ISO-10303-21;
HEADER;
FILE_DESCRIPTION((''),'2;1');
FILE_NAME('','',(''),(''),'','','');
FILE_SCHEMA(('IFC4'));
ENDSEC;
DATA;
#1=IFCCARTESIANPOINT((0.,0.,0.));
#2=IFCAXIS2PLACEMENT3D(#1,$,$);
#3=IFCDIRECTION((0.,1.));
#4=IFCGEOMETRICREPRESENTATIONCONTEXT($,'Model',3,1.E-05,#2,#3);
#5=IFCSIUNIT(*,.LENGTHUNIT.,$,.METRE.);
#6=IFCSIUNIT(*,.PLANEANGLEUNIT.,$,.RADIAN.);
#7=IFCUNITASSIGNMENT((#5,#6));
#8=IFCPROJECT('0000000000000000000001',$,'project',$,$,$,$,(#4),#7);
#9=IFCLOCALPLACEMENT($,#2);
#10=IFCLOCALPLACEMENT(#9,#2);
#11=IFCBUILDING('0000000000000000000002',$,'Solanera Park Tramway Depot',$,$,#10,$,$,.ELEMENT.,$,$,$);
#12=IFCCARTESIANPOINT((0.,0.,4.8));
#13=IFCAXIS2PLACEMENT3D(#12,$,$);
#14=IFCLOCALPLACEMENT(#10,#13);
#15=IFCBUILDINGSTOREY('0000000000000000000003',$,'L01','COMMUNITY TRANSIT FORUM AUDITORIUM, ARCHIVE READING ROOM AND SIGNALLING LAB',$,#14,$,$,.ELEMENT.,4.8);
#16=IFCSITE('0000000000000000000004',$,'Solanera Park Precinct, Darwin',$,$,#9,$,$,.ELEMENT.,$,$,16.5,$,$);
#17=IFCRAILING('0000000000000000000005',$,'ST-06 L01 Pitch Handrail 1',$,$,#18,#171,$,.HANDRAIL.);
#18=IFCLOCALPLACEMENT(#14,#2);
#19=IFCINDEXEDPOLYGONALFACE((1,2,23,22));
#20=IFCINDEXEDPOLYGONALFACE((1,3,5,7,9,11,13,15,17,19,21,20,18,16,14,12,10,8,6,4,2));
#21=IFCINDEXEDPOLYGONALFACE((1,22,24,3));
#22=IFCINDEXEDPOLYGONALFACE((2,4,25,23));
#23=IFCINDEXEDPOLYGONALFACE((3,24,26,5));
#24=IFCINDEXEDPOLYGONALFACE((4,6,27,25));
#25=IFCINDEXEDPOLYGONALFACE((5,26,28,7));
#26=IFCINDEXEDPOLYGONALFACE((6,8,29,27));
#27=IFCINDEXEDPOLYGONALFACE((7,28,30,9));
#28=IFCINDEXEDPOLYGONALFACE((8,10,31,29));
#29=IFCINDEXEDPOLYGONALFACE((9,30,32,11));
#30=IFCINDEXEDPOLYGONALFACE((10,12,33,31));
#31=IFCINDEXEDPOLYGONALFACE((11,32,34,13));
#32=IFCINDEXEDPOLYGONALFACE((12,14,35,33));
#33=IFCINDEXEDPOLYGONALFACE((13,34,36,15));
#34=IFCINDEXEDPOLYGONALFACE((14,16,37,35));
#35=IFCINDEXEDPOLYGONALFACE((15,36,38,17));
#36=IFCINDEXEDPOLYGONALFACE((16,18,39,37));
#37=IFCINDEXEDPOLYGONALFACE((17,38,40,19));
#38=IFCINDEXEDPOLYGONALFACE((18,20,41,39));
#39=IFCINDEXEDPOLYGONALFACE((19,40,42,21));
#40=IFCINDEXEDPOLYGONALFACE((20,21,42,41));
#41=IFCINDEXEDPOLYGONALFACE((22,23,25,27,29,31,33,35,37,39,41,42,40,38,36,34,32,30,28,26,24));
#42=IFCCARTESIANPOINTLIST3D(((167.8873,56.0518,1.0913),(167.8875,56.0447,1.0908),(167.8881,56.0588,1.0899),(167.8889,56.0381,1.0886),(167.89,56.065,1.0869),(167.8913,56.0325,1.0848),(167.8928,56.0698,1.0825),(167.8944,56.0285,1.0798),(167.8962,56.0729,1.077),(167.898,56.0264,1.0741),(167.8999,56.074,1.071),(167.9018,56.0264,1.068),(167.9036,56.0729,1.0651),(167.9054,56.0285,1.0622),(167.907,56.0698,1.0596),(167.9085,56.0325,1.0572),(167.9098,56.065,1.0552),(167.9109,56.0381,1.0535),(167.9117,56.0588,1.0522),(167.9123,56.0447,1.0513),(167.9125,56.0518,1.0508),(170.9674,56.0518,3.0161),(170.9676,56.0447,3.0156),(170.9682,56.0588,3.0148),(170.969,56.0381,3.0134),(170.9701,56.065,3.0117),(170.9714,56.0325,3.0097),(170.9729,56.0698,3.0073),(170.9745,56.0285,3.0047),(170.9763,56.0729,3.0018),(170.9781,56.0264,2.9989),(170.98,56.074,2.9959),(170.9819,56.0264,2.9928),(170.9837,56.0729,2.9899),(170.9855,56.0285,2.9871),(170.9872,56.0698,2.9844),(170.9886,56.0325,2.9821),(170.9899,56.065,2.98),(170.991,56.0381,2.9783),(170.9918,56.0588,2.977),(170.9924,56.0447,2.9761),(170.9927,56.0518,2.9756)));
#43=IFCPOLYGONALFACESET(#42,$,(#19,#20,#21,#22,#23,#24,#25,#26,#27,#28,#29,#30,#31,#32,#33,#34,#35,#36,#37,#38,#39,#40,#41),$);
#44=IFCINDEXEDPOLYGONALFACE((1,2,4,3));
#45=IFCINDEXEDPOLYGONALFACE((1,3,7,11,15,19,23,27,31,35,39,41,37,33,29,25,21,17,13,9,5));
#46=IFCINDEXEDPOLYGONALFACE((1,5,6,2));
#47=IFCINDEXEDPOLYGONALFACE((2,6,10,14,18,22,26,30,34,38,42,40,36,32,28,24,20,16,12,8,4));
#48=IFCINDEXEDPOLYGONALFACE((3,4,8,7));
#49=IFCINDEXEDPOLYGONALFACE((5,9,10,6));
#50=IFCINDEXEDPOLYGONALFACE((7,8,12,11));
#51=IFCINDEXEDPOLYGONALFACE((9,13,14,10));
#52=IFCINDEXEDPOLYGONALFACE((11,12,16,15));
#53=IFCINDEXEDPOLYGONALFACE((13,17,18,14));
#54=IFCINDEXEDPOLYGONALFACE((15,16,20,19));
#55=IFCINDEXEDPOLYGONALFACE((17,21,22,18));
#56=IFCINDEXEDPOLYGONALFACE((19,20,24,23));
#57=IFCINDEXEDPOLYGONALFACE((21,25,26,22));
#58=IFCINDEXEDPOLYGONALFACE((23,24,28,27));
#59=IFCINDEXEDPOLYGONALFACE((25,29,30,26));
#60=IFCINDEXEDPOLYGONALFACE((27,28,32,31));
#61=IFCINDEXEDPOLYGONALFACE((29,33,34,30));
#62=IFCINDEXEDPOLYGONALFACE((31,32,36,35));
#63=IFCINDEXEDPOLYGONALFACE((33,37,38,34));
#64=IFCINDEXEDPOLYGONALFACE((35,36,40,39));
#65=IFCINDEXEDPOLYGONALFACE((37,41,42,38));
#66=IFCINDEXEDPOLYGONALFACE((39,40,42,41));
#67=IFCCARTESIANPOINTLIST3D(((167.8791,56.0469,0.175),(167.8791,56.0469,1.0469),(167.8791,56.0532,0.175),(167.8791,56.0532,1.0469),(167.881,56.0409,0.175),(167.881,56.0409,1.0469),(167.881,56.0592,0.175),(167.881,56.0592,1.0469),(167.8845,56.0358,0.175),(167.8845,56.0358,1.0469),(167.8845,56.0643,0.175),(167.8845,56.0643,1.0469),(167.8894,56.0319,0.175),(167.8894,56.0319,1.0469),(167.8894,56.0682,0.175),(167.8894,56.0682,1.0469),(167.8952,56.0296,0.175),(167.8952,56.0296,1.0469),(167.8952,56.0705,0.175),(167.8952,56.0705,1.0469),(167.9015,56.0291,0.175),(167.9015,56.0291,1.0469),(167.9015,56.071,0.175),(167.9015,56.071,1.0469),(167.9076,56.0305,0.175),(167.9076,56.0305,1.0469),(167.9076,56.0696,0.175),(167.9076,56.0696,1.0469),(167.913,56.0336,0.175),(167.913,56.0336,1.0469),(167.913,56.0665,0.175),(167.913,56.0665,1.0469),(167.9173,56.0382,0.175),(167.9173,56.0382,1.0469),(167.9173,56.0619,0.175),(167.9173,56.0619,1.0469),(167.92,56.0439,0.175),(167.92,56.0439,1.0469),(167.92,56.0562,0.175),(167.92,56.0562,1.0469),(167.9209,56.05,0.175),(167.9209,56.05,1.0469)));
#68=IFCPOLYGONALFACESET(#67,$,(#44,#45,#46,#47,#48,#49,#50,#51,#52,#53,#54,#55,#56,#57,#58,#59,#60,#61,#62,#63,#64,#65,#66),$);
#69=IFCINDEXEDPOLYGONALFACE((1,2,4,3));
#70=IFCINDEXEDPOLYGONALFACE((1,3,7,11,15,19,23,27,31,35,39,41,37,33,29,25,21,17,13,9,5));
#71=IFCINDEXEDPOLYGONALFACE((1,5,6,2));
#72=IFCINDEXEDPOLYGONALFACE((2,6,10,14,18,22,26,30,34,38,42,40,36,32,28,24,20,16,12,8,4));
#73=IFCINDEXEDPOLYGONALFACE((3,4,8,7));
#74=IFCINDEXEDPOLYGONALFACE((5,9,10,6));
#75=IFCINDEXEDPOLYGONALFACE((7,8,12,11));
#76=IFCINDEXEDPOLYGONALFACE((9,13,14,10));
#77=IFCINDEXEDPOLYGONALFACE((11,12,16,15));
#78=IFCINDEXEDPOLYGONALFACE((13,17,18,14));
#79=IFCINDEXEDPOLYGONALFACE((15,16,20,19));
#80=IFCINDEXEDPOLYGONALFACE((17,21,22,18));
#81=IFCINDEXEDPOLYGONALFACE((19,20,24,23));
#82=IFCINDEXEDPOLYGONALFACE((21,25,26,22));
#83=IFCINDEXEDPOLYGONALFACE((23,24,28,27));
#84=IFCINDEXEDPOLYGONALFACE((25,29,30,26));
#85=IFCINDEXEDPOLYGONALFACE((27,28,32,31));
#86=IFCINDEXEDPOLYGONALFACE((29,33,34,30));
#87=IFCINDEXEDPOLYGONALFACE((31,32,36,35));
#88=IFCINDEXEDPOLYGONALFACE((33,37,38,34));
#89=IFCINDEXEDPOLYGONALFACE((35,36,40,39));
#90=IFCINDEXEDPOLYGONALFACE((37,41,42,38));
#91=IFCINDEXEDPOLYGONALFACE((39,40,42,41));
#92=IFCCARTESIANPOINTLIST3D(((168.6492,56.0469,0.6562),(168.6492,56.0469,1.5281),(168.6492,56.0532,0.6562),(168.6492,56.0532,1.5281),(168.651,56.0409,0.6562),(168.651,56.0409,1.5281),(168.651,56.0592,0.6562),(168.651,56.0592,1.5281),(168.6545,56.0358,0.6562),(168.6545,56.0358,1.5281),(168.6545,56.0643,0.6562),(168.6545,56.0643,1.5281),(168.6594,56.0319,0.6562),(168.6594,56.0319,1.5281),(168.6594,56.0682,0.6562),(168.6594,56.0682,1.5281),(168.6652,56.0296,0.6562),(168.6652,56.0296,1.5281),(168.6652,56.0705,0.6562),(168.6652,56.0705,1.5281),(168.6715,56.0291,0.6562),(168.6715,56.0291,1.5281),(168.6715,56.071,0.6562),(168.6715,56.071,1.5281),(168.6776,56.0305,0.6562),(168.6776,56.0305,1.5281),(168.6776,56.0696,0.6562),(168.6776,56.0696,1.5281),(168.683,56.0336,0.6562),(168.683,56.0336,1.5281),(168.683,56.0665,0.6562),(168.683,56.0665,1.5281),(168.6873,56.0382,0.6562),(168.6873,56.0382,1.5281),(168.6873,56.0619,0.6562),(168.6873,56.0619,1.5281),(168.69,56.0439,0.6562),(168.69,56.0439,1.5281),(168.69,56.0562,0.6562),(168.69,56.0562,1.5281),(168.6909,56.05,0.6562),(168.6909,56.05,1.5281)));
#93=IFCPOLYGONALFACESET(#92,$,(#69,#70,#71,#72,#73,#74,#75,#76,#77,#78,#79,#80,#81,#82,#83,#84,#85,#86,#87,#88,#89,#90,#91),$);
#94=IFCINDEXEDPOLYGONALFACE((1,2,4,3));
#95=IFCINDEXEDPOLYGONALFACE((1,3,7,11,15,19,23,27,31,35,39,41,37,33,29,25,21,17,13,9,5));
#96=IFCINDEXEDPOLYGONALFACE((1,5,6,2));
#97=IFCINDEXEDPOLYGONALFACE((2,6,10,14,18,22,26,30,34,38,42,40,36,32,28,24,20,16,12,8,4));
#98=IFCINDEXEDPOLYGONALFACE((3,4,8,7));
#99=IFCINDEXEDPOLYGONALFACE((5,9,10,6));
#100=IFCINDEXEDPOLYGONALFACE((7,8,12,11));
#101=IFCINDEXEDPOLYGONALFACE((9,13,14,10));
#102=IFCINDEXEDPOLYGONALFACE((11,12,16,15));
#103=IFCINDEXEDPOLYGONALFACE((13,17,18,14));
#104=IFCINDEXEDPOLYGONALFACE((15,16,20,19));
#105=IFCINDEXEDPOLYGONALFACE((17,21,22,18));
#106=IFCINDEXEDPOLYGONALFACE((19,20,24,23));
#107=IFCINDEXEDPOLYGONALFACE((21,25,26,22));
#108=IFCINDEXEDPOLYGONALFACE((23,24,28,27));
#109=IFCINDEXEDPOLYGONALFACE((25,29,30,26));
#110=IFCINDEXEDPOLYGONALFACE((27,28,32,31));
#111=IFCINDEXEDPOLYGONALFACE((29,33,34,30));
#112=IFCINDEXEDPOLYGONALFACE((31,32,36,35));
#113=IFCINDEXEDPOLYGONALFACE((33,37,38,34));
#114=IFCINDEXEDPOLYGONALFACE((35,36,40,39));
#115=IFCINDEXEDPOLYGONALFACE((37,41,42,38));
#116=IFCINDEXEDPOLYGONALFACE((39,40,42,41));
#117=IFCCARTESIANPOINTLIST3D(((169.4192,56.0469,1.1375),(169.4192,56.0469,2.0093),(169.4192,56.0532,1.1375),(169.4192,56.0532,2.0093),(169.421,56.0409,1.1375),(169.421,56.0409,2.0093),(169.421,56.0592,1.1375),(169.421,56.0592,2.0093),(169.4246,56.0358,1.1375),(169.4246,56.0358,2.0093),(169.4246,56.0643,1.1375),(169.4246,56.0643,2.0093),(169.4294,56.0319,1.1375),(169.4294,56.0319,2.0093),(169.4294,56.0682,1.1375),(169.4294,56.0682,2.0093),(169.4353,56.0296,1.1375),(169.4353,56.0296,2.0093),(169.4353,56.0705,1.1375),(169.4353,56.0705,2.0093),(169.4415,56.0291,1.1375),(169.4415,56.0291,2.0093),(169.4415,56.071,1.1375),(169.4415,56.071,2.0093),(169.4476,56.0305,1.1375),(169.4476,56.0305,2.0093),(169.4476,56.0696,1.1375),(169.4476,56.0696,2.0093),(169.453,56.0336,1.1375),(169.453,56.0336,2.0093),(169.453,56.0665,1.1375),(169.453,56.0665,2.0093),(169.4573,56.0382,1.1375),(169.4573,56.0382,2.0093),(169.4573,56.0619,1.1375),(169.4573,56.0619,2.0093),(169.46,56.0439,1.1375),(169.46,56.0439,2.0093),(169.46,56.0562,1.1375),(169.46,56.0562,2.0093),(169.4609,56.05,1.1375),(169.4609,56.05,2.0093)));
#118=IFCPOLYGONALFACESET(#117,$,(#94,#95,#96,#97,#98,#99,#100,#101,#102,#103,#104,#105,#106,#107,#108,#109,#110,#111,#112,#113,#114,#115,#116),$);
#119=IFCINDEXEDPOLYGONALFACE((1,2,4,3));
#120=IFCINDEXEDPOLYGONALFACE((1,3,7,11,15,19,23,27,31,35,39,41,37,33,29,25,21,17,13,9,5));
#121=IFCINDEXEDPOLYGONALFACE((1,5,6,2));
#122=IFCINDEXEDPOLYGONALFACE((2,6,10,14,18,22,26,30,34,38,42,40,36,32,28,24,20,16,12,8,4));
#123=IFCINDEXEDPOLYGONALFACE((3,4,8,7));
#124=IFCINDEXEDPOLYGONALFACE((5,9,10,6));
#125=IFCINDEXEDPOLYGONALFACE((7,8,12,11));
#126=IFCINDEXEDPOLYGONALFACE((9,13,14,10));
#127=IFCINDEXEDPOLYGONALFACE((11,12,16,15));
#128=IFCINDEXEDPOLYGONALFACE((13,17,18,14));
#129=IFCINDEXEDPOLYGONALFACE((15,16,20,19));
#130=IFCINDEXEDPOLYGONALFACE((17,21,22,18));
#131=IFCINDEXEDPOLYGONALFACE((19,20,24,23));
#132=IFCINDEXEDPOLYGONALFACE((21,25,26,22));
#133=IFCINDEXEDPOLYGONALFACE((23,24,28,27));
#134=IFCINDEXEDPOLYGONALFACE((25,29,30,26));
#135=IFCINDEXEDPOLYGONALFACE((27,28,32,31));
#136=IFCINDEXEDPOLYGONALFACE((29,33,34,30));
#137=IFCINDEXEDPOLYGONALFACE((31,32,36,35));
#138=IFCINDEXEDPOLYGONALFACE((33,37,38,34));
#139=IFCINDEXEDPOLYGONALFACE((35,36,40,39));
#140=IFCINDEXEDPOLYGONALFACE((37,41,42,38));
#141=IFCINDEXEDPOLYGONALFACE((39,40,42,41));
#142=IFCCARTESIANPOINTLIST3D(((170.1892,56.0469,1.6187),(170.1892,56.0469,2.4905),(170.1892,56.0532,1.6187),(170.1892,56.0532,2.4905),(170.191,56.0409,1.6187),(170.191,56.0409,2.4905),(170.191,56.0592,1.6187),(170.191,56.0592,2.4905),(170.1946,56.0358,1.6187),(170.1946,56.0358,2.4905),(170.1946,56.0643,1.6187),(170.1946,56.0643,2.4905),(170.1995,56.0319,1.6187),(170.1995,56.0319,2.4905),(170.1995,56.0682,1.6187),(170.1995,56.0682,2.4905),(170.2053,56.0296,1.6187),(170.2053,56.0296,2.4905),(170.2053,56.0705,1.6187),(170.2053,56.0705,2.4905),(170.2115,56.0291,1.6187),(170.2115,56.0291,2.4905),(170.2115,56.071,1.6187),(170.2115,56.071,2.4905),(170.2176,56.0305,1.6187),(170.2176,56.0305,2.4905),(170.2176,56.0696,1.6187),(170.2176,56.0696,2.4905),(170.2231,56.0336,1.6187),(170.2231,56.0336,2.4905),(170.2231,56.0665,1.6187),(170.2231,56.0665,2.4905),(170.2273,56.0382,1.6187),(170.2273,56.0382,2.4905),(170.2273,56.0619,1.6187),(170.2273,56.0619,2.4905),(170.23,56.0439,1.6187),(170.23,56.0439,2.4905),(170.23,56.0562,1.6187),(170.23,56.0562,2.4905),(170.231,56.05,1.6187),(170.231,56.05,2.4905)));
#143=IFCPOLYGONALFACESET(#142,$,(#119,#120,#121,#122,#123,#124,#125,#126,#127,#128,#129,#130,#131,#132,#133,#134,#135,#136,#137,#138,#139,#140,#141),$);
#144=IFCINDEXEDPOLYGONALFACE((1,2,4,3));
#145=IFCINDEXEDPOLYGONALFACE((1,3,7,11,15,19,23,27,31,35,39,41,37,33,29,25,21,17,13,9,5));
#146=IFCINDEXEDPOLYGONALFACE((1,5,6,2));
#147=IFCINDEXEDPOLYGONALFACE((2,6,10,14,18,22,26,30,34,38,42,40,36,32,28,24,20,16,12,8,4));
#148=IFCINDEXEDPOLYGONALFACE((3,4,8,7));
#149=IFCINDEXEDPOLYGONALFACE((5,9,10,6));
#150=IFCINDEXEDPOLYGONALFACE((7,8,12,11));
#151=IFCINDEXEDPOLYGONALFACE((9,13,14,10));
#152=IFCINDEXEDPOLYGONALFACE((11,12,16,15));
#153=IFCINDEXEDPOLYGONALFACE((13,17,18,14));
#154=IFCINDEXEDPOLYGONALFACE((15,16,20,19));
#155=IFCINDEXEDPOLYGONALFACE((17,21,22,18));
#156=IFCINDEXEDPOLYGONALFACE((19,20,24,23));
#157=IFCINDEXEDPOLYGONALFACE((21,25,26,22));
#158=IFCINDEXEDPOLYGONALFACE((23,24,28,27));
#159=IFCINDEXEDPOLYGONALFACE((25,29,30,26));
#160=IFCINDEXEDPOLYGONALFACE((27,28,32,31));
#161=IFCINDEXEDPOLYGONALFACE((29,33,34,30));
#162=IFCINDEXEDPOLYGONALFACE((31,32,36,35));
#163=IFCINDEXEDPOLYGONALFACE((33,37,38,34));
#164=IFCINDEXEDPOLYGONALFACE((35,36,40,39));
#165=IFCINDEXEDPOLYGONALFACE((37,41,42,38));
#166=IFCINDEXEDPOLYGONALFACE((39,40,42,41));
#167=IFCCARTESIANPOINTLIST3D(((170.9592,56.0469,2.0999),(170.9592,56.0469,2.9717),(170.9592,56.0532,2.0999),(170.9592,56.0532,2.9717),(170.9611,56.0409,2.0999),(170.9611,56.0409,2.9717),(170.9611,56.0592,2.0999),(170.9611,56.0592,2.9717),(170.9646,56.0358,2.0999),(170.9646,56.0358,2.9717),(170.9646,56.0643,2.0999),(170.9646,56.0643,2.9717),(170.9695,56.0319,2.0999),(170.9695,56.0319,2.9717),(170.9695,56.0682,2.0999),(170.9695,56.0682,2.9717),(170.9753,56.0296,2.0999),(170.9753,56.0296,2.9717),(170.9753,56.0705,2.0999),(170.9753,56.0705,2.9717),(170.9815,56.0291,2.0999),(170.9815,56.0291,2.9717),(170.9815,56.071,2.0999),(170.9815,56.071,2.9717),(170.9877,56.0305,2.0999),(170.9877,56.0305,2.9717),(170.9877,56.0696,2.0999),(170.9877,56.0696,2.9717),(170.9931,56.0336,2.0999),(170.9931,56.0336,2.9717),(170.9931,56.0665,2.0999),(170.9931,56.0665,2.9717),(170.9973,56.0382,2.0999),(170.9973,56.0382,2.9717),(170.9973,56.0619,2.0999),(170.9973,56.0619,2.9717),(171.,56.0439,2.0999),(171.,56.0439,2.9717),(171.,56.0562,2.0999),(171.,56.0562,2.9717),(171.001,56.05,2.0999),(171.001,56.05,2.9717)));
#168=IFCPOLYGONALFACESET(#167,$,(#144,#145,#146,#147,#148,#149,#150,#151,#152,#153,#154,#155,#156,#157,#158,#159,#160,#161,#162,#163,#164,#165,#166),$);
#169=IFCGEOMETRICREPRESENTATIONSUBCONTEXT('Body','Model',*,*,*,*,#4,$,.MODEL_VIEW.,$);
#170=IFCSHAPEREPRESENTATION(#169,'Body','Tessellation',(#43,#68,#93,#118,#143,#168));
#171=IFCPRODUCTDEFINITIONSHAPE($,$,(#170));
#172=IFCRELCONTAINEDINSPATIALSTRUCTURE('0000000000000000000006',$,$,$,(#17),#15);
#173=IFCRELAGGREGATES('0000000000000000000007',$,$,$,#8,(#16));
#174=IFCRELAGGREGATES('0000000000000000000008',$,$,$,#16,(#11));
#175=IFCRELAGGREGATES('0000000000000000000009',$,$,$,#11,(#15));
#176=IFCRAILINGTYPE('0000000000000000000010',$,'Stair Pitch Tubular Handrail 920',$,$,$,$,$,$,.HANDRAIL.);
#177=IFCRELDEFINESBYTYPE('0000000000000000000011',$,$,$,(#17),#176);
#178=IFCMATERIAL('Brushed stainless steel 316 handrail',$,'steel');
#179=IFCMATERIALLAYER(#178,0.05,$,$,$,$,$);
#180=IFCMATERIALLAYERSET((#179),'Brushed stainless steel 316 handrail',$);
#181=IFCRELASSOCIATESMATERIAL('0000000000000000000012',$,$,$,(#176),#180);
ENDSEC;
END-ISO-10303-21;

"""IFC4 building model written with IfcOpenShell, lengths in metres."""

from ifc_helpers import new_model, si_unit, direction, frame, origin, origin_2d, place, context, subcontext, project, spatial, circle, extrude, material, layer, layer_set, type_object, element, save


model = new_model("IFC4")

# Units and contexts
model_context = context("Model", 3, precision=1e-05, world=origin(), true_north=direction((0.0, 1.0)))
body_context = subcontext(model_context, "Body", "Model", "MODEL_VIEW")
ifc_project = project(units=[si_unit("LENGTHUNIT", "METRE"), si_unit("PLANEANGLEUNIT", "RADIAN")], contexts=[model_context])

# Site, building, storey
site_placement = place(None, origin())
site = spatial("IfcSite", under=ifc_project, at=site_placement, Name="Solanera Park Precinct, Darwin", CompositionType="ELEMENT", RefElevation=16.5)
building_placement = place(site_placement, origin())
building = spatial("IfcBuilding", under=site, at=building_placement, Name="Solanera Park Tramway Depot", CompositionType="ELEMENT")
storey_placement = place(building_placement, frame((0.0, 0.0, 4.8)))
storey = spatial("IfcBuildingStorey", under=building, at=storey_placement, Name="L01", Description="COMMUNITY TRANSIT FORUM AUDITORIUM, ARCHIVE READING ROOM AND SIGNALLING LAB", CompositionType="ELEMENT", Elevation=4.8)

# Railing
ifc_material_1 = material(Name="Brushed stainless steel 316 handrail", Category="steel")
ifc_layer_1 = layer(ifc_material_1, 0.05)
ifc_layer_set_1 = layer_set([ifc_layer_1], Name="Brushed stainless steel 316 handrail")
railing_type_1 = type_object("IfcRailingType", Name="Stair Pitch Tubular Handrail 920", PredefinedType="HANDRAIL", material=ifc_layer_set_1)
railing_1_placement = place(storey_placement, frame((167.8999, 56.05, 0.175)))
element("IfcRailing", 1, at=railing_1_placement, inside=storey, type_object=railing_type_1, Name="ST-06 L01 Pitch Handrail 1", PredefinedType="HANDRAIL", context=body_context, shape_type="SweptSolid", body=[
    extrude(circle(Radius=0.0239, at=origin_2d()), frame((0.0, 0.0, 0.896), z_axis=(0.848029, 0.0, 0.529951), x_axis=(0.0, 1.0, 0.0)), (0.0, 0.0, 1.0), 3.6321),
    extrude(circle(Radius=0.021, at=origin_2d()), origin(), (0.0, 0.0, 1.0), 0.8718),
    extrude(circle(Radius=0.021, at=origin_2d()), frame((0.77, 0.0, 0.4812)), (0.0, 0.0, 1.0), 0.8718),
    extrude(circle(Radius=0.021, at=origin_2d()), frame((1.54, 0.0, 0.9624)), (0.0, 0.0, 1.0), 0.8718),
    extrude(circle(Radius=0.021, at=origin_2d()), frame((2.3101, 0.0, 1.4436)), (0.0, 0.0, 1.0), 0.8718),
    extrude(circle(Radius=0.021, at=origin_2d()), frame((3.0801, 0.0, 1.9248)), (0.0, 0.0, 1.0), 0.8718),
])

save(model, "model.ifc")
